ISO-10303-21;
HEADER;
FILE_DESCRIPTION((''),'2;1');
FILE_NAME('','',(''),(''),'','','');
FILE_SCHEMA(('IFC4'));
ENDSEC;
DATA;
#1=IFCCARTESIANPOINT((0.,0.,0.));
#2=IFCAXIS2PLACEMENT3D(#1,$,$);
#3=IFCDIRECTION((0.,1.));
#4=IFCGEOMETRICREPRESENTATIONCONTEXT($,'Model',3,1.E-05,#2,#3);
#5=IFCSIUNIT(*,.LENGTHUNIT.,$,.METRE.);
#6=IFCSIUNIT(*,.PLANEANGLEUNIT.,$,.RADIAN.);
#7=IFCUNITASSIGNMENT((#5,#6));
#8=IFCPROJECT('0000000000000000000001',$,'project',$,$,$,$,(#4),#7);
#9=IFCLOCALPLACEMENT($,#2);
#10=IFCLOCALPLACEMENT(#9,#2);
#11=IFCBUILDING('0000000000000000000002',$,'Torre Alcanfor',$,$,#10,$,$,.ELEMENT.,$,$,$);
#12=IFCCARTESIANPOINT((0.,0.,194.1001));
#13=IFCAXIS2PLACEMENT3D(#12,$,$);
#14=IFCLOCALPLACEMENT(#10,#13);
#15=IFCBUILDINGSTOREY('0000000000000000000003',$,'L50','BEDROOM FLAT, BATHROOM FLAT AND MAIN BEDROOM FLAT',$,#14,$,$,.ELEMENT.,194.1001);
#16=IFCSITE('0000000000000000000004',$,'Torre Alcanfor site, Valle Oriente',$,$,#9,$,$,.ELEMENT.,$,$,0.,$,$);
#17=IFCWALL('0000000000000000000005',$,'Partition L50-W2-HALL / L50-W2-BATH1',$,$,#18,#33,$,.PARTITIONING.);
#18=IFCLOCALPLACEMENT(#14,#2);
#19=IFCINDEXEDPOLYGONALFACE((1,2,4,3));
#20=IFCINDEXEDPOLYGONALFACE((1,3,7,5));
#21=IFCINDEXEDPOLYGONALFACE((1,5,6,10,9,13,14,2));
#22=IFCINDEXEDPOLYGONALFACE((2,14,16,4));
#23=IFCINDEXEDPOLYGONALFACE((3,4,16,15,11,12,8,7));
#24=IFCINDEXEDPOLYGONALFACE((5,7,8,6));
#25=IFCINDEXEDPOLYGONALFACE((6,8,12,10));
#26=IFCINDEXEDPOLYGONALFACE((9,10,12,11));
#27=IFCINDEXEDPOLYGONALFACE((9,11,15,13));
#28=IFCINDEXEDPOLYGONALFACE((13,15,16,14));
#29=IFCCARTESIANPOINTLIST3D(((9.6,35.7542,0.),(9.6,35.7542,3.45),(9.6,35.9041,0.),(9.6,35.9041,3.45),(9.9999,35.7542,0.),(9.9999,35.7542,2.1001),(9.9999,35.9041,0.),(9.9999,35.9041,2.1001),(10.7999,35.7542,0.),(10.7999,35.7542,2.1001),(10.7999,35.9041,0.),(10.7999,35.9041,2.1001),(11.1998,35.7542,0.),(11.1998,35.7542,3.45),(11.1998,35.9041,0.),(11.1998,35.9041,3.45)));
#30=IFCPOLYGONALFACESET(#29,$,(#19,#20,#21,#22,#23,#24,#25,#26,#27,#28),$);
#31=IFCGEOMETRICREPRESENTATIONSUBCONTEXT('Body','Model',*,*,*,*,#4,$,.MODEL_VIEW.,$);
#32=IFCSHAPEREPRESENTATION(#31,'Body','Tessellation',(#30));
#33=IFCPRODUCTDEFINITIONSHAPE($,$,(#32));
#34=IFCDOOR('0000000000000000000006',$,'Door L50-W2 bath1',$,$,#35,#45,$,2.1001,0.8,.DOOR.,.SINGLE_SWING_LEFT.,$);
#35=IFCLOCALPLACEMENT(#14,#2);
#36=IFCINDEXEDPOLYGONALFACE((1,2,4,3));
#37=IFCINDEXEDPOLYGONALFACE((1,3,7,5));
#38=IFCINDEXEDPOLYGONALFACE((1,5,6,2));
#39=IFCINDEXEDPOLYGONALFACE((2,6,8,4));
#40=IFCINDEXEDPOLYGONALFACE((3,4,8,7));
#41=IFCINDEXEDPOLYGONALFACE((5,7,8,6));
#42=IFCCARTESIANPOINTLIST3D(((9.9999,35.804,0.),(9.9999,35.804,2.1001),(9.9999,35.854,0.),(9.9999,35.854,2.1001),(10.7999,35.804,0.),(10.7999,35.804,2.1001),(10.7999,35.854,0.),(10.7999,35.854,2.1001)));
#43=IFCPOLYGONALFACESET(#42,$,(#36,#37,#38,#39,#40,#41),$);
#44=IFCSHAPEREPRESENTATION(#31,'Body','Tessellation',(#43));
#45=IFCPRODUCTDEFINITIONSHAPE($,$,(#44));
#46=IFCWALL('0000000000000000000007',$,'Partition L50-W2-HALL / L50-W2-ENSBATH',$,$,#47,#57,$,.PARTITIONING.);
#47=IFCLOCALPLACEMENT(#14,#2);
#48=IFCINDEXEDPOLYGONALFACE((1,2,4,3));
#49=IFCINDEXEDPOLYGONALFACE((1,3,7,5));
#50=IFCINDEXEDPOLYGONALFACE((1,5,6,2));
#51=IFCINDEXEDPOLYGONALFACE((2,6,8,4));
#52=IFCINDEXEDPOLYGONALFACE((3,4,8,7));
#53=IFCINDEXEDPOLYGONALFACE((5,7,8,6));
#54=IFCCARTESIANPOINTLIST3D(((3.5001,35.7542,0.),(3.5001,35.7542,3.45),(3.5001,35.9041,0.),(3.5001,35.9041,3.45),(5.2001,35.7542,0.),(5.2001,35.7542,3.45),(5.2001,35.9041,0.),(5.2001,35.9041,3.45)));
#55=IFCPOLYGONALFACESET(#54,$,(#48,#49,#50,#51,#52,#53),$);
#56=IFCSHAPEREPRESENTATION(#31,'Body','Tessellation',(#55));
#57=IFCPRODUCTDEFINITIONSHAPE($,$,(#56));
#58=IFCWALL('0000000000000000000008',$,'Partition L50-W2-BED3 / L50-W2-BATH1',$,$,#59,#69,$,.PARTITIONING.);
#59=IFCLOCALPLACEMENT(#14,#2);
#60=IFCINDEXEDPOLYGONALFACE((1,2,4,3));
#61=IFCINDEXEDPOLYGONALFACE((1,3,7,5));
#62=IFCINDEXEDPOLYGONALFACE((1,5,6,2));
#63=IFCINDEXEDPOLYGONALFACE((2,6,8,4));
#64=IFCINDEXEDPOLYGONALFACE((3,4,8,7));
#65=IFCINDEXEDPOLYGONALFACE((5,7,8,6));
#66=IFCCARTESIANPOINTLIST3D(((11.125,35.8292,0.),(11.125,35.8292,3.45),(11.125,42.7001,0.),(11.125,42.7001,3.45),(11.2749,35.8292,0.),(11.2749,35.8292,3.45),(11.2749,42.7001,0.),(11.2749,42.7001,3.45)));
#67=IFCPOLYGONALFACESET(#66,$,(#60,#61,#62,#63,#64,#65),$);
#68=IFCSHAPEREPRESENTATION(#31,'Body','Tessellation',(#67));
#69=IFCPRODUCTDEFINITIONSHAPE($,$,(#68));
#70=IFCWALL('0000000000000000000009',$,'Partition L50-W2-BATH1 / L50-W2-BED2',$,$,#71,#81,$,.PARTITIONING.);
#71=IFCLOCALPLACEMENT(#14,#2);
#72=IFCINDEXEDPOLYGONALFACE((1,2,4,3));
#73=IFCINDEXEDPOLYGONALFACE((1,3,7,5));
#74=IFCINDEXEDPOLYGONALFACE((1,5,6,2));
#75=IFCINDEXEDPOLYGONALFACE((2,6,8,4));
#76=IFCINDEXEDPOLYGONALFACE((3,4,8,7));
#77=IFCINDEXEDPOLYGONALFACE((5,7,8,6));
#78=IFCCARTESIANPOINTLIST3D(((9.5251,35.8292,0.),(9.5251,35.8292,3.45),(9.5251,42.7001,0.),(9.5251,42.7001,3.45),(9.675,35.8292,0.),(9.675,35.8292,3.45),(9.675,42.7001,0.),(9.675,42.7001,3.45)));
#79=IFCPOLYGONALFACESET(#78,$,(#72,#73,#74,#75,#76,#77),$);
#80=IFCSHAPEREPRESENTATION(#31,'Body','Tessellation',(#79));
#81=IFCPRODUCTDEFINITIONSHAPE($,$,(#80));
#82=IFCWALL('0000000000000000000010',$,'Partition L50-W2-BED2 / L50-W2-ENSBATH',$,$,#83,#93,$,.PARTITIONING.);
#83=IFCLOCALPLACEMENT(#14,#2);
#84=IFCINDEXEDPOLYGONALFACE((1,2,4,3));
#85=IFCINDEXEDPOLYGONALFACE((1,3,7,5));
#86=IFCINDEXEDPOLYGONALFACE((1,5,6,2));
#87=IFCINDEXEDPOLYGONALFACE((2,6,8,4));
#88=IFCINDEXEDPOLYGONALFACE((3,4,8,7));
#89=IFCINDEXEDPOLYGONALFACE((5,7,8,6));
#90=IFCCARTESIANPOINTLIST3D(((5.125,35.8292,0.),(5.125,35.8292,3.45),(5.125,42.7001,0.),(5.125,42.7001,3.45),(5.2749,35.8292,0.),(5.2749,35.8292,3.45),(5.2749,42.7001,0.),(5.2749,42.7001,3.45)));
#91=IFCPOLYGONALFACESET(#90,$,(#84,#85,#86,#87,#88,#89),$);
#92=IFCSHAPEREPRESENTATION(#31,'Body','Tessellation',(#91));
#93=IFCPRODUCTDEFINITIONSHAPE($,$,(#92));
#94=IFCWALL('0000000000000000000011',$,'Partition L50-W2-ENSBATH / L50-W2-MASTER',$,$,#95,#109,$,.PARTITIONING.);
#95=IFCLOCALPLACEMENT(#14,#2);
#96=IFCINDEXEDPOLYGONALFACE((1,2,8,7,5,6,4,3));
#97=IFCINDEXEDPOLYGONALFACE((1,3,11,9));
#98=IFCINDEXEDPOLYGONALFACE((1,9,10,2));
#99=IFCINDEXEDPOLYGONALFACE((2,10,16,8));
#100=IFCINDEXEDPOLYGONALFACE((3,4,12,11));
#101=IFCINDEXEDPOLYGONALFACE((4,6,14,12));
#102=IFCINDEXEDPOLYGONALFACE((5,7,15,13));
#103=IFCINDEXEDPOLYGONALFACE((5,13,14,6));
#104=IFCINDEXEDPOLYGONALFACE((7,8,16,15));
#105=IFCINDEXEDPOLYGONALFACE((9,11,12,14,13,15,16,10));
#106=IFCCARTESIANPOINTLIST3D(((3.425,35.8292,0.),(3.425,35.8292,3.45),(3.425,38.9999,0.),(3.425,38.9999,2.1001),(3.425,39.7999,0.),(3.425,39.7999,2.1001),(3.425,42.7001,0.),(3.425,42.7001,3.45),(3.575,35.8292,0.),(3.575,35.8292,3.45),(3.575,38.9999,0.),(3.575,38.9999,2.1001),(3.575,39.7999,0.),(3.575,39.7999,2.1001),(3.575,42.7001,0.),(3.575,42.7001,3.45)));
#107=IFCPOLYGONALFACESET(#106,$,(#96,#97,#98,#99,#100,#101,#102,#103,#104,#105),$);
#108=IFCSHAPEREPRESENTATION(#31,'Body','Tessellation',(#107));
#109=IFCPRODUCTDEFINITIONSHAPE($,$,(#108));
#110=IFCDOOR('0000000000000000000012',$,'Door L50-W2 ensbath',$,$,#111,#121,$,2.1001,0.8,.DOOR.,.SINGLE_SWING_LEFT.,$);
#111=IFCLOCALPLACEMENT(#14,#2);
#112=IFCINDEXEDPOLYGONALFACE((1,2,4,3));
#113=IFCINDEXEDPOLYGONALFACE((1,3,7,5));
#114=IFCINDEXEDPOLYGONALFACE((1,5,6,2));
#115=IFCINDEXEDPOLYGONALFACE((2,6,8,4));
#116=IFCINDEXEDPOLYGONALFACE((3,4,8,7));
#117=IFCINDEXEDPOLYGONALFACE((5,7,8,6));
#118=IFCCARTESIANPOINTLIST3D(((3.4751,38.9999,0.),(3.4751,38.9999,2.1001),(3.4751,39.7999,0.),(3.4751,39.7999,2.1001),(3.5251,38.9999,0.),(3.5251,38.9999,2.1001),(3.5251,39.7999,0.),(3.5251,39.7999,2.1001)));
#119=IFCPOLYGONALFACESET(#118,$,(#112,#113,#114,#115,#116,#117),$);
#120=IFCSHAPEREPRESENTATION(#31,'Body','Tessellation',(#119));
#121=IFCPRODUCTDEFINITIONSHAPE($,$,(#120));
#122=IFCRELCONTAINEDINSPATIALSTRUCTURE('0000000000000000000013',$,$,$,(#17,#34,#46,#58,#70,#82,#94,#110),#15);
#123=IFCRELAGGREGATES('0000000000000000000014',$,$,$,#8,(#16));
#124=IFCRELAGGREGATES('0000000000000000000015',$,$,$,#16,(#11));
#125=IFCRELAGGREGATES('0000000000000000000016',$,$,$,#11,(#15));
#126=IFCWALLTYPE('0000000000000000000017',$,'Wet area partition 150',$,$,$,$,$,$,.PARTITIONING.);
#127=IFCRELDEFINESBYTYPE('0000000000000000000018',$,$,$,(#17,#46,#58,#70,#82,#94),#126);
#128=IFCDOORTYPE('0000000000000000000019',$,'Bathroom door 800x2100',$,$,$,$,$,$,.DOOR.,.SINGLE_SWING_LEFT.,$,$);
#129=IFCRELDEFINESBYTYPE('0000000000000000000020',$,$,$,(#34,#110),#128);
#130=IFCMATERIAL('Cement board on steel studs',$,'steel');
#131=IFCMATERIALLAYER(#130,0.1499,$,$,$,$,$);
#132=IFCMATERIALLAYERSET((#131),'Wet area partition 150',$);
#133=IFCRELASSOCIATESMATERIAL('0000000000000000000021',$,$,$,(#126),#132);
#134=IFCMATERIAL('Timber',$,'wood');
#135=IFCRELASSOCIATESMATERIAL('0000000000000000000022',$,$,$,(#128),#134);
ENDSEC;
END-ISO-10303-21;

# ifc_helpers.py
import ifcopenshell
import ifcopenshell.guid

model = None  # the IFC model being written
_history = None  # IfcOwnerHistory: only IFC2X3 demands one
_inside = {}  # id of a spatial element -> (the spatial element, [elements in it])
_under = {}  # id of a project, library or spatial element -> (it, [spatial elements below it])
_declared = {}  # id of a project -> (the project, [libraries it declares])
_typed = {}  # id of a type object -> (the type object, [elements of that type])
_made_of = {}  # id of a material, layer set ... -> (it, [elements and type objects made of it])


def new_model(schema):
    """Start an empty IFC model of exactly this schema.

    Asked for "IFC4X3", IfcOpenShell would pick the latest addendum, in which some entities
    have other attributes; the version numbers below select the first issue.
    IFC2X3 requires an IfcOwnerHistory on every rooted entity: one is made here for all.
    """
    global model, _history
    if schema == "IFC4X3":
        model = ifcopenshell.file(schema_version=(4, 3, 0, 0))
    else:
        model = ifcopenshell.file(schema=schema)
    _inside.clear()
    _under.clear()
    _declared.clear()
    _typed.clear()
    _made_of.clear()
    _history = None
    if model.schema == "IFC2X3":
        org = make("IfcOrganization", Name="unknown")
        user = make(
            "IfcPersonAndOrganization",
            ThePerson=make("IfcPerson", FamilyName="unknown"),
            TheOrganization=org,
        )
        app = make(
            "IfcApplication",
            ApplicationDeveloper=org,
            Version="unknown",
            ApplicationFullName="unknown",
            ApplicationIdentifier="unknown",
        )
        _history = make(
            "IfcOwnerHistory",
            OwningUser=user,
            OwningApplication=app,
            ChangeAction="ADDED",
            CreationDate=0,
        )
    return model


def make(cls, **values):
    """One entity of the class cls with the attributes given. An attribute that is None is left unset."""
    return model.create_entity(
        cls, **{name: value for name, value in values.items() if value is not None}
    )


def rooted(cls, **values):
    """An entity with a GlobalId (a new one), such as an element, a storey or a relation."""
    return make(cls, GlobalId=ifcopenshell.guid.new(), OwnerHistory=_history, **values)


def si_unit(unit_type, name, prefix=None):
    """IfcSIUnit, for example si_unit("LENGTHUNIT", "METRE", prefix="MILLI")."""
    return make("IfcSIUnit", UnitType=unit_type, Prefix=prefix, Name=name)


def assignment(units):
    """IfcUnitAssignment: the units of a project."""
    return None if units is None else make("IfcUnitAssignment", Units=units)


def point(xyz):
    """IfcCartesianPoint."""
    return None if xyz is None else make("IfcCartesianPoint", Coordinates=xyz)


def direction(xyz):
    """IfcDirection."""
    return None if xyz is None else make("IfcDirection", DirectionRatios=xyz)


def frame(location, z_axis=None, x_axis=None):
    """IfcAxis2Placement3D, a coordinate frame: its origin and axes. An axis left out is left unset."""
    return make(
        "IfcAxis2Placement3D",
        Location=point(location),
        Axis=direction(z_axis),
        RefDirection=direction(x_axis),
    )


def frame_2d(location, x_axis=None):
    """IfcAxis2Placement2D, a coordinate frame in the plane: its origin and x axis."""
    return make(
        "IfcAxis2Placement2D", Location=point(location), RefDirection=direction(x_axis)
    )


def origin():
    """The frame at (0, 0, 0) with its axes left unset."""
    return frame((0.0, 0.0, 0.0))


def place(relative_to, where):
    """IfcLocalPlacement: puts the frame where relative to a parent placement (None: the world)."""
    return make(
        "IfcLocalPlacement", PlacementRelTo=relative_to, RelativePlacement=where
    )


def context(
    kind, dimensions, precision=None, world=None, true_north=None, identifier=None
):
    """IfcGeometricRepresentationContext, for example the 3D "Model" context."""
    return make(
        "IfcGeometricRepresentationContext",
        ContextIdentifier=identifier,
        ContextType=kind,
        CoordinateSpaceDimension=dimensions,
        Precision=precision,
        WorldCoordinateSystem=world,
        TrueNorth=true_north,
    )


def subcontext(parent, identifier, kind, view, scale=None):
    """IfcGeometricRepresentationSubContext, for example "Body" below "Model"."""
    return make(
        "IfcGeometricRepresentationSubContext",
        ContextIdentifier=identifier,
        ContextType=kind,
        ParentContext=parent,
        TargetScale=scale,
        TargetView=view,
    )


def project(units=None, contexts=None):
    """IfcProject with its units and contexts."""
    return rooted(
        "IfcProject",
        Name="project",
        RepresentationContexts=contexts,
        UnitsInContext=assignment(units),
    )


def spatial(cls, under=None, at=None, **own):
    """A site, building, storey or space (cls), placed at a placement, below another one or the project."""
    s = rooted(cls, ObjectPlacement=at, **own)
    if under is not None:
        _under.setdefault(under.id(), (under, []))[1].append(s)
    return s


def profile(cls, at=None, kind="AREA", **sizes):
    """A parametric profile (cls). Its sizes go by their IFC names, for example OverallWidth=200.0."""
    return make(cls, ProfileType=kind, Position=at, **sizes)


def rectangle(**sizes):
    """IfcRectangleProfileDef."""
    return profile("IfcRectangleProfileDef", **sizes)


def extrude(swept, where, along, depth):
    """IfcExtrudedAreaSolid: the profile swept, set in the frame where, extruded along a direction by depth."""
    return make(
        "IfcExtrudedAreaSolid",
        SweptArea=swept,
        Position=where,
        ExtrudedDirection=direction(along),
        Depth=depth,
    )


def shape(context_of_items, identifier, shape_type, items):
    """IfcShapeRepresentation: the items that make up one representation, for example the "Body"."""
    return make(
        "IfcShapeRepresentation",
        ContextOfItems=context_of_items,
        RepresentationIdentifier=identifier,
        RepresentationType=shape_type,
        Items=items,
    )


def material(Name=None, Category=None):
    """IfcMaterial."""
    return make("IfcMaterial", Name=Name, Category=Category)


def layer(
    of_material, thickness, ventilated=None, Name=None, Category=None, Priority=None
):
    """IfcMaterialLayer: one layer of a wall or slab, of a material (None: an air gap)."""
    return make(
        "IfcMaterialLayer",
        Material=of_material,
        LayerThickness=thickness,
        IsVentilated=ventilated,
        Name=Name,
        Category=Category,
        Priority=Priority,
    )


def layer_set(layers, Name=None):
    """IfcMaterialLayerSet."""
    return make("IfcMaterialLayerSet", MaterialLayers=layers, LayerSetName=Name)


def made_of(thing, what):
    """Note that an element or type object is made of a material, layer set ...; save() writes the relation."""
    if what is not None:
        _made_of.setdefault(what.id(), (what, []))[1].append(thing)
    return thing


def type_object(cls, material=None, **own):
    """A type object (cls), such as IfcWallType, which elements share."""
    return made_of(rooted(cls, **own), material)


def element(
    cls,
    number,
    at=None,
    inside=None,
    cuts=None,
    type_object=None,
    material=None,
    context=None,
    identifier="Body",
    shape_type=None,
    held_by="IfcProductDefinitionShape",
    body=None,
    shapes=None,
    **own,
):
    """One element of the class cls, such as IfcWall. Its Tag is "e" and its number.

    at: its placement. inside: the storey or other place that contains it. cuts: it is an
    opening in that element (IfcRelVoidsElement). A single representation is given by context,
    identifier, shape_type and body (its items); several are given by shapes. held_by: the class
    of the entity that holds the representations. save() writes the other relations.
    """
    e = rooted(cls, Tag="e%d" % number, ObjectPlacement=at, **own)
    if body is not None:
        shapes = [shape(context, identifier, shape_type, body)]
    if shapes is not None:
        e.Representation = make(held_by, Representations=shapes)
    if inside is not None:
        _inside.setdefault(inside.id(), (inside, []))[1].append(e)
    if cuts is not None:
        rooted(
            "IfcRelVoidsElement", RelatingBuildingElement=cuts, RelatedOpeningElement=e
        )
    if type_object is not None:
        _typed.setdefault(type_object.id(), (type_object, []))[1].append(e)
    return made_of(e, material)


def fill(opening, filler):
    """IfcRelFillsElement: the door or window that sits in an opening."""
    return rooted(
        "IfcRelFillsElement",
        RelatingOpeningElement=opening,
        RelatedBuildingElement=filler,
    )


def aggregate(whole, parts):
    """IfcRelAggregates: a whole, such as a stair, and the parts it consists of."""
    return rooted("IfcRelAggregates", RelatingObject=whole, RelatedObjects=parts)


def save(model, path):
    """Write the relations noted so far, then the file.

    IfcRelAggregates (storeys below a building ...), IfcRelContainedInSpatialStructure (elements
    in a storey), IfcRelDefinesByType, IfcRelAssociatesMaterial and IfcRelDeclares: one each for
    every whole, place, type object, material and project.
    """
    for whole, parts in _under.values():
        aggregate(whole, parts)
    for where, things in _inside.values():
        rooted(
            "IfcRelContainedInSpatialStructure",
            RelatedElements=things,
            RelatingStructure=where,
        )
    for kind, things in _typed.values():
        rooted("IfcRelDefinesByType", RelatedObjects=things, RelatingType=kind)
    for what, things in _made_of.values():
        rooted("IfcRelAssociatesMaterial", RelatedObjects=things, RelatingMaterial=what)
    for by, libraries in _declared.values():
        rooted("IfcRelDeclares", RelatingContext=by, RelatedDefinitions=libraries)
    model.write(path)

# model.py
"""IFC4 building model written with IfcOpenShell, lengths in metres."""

from ifc_helpers import new_model, si_unit, direction, frame, frame_2d, origin, place, context, subcontext, project, spatial, rectangle, extrude, material, layer, layer_set, type_object, element, fill, save


model = new_model("IFC4")

# Units and contexts
model_context = context("Model", 3, precision=1e-05, world=origin(), true_north=direction((0.0, 1.0)))
body_context = subcontext(model_context, "Body", "Model", "MODEL_VIEW")
ifc_project = project(units=[si_unit("LENGTHUNIT", "METRE"), si_unit("PLANEANGLEUNIT", "RADIAN")], contexts=[model_context])

# Site, building, storey
site_placement = place(None, origin())
site = spatial("IfcSite", under=ifc_project, at=site_placement, Name="Torre Alcanfor site, Valle Oriente", CompositionType="ELEMENT", RefElevation=0.0)
building_placement = place(site_placement, origin())
building = spatial("IfcBuilding", under=site, at=building_placement, Name="Torre Alcanfor", CompositionType="ELEMENT")
storey_placement = place(building_placement, frame((0.0, 0.0, 194.1001)))
storey = spatial("IfcBuildingStorey", under=building, at=storey_placement, Name="L50", Description="BEDROOM FLAT, BATHROOM FLAT AND MAIN BEDROOM FLAT", CompositionType="ELEMENT", Elevation=194.1001)

# Wall, opening, door
ifc_material_1 = material(Name="Cement board on steel studs", Category="steel")
ifc_layer_1 = layer(ifc_material_1, 0.1499)
ifc_layer_set_1 = layer_set([ifc_layer_1], Name="Wet area partition 150")
wall_type_1 = type_object("IfcWallType", Name="Wet area partition 150", PredefinedType="PARTITIONING", material=ifc_layer_set_1)
wall_1_placement = place(storey_placement, frame((9.6001, 35.8291, 0.0), z_axis=(0.0, 0.0, 1.0), x_axis=(1.0, 0.0, 0.0)))
wall_1 = element("IfcWall", 1, at=wall_1_placement, inside=storey, type_object=wall_type_1, Name="Partition L50-W2-HALL / L50-W2-BATH1", PredefinedType="PARTITIONING", context=body_context, shape_type="SweptSolid", body=[
    extrude(rectangle(XDim=1.5999, YDim=0.1499, at=frame_2d((0.7998, 0.0))), origin(), (0.0, 0.0, 1.0), 3.45),
])
opening_1_placement = place(wall_1_placement, frame((0.3999, 0.0, 0.0)))
opening_1 = element("IfcOpeningElement", 2, at=opening_1_placement, cuts=wall_1, PredefinedType="OPENING", context=body_context, shape_type="SweptSolid", body=[
    extrude(rectangle(XDim=0.8, YDim=2.1001, at=frame_2d((0.3999, 1.05))), frame((0.0, 0.085, 0.0), z_axis=(0.0, -1.0, 0.0), x_axis=(1.0, 0.0, 0.0)), (0.0, 0.0, 1.0), 0.1699),
])
ifc_material_2 = material(Name="Timber", Category="wood")
door_type_1 = type_object("IfcDoorType", Name="Bathroom door 800x2100", OperationType="SINGLE_SWING_LEFT", PredefinedType="DOOR", material=ifc_material_2)
door_1_placement = place(opening_1_placement, origin())
door_1 = element("IfcDoor", 3, at=door_1_placement, inside=storey, type_object=door_type_1, Name="Door L50-W2 bath1", OperationType="SINGLE_SWING_LEFT", OverallHeight=2.1001, OverallWidth=0.8, PredefinedType="DOOR", context=body_context, shape_type="SweptSolid", body=[
    extrude(rectangle(XDim=0.8, YDim=2.1001, at=frame_2d((0.3999, 1.05))), frame((0.0, 0.0249, 0.0), z_axis=(0.0, -1.0, 0.0), x_axis=(1.0, 0.0, 0.0)), (0.0, 0.0, 1.0), 0.05),
])
fill(opening_1, door_1)

# Walls
wall_2_placement = place(storey_placement, frame((3.5, 35.8291, 0.0), z_axis=(0.0, 0.0, 1.0), x_axis=(1.0, 0.0, 0.0)))
element("IfcWall", 4, at=wall_2_placement, inside=storey, type_object=wall_type_1, Name="Partition L50-W2-HALL / L50-W2-ENSBATH", PredefinedType="PARTITIONING", context=body_context, shape_type="SweptSolid", body=[
    extrude(rectangle(XDim=1.7, YDim=0.1499, at=frame_2d((0.8501, 0.0))), origin(), (0.0, 0.0, 1.0), 3.45),
])
for number, where, z_axis, x_axis, name in (
    (5, (11.2, 35.8291, 0.0), (0.0, 0.0, 1.0), (0.0, 1.0, 0.0), "Partition L50-W2-BED3 / L50-W2-BATH1"),
    (6, (9.6001, 35.8291, 0.0), (0.0, 0.0, 1.0), (0.0, 1.0, 0.0), "Partition L50-W2-BATH1 / L50-W2-BED2"),
    (7, (5.2, 35.8291, 0.0), (0.0, 0.0, 1.0), (0.0, 1.0, 0.0), "Partition L50-W2-BED2 / L50-W2-ENSBATH"),
):
    element("IfcWall", number, at=place(storey_placement, frame(where, z_axis=z_axis, x_axis=x_axis)), inside=storey, type_object=wall_type_1, Name=name, PredefinedType="PARTITIONING", context=body_context, shape_type="SweptSolid", body=[
        extrude(rectangle(XDim=6.8708, YDim=0.1499, at=frame_2d((3.4355, 0.0))), origin(), (0.0, 0.0, 1.0), 3.45),
    ])

# Wall, opening, door
wall_3_placement = place(storey_placement, frame((3.5, 35.8291, 0.0), z_axis=(0.0, 0.0, 1.0), x_axis=(0.0, 1.0, 0.0)))
wall_3 = element("IfcWall", 8, at=wall_3_placement, inside=storey, type_object=wall_type_1, Name="Partition L50-W2-ENSBATH / L50-W2-MASTER", PredefinedType="PARTITIONING", context=body_context, shape_type="SweptSolid", body=[
    extrude(rectangle(XDim=6.8708, YDim=0.1499, at=frame_2d((3.4355, 0.0))), origin(), (0.0, 0.0, 1.0), 3.45),
])
opening_2_placement = place(wall_3_placement, frame((3.1709, 0.0, 0.0)))
opening_2 = element("IfcOpeningElement", 9, at=opening_2_placement, cuts=wall_3, PredefinedType="OPENING", context=body_context, shape_type="SweptSolid", body=[
    extrude(rectangle(XDim=0.8, YDim=2.1001, at=frame_2d((0.3999, 1.05))), frame((0.0, 0.085, 0.0), z_axis=(0.0, -1.0, 0.0), x_axis=(1.0, 0.0, 0.0)), (0.0, 0.0, 1.0), 0.1699),
])
door_2_placement = place(opening_2_placement, frame((0.8, 0.0, 0.0), z_axis=(0.0, 0.0, 1.0), x_axis=(-1.0, 0.0, 0.0)))
door_2 = element("IfcDoor", 10, at=door_2_placement, inside=storey, type_object=door_type_1, Name="Door L50-W2 ensbath", OperationType="SINGLE_SWING_LEFT", OverallHeight=2.1001, OverallWidth=0.8, PredefinedType="DOOR", context=body_context, shape_type="SweptSolid", body=[
    extrude(rectangle(XDim=0.8, YDim=2.1001, at=frame_2d((0.4001, 1.05))), frame((0.0, 0.0251, 0.0), z_axis=(0.0, -1.0, 0.0), x_axis=(1.0, 0.0, 0.0)), (0.0, 0.0, 1.0), 0.05),
])
fill(opening_2, door_2)

save(model, "model.ifc")
